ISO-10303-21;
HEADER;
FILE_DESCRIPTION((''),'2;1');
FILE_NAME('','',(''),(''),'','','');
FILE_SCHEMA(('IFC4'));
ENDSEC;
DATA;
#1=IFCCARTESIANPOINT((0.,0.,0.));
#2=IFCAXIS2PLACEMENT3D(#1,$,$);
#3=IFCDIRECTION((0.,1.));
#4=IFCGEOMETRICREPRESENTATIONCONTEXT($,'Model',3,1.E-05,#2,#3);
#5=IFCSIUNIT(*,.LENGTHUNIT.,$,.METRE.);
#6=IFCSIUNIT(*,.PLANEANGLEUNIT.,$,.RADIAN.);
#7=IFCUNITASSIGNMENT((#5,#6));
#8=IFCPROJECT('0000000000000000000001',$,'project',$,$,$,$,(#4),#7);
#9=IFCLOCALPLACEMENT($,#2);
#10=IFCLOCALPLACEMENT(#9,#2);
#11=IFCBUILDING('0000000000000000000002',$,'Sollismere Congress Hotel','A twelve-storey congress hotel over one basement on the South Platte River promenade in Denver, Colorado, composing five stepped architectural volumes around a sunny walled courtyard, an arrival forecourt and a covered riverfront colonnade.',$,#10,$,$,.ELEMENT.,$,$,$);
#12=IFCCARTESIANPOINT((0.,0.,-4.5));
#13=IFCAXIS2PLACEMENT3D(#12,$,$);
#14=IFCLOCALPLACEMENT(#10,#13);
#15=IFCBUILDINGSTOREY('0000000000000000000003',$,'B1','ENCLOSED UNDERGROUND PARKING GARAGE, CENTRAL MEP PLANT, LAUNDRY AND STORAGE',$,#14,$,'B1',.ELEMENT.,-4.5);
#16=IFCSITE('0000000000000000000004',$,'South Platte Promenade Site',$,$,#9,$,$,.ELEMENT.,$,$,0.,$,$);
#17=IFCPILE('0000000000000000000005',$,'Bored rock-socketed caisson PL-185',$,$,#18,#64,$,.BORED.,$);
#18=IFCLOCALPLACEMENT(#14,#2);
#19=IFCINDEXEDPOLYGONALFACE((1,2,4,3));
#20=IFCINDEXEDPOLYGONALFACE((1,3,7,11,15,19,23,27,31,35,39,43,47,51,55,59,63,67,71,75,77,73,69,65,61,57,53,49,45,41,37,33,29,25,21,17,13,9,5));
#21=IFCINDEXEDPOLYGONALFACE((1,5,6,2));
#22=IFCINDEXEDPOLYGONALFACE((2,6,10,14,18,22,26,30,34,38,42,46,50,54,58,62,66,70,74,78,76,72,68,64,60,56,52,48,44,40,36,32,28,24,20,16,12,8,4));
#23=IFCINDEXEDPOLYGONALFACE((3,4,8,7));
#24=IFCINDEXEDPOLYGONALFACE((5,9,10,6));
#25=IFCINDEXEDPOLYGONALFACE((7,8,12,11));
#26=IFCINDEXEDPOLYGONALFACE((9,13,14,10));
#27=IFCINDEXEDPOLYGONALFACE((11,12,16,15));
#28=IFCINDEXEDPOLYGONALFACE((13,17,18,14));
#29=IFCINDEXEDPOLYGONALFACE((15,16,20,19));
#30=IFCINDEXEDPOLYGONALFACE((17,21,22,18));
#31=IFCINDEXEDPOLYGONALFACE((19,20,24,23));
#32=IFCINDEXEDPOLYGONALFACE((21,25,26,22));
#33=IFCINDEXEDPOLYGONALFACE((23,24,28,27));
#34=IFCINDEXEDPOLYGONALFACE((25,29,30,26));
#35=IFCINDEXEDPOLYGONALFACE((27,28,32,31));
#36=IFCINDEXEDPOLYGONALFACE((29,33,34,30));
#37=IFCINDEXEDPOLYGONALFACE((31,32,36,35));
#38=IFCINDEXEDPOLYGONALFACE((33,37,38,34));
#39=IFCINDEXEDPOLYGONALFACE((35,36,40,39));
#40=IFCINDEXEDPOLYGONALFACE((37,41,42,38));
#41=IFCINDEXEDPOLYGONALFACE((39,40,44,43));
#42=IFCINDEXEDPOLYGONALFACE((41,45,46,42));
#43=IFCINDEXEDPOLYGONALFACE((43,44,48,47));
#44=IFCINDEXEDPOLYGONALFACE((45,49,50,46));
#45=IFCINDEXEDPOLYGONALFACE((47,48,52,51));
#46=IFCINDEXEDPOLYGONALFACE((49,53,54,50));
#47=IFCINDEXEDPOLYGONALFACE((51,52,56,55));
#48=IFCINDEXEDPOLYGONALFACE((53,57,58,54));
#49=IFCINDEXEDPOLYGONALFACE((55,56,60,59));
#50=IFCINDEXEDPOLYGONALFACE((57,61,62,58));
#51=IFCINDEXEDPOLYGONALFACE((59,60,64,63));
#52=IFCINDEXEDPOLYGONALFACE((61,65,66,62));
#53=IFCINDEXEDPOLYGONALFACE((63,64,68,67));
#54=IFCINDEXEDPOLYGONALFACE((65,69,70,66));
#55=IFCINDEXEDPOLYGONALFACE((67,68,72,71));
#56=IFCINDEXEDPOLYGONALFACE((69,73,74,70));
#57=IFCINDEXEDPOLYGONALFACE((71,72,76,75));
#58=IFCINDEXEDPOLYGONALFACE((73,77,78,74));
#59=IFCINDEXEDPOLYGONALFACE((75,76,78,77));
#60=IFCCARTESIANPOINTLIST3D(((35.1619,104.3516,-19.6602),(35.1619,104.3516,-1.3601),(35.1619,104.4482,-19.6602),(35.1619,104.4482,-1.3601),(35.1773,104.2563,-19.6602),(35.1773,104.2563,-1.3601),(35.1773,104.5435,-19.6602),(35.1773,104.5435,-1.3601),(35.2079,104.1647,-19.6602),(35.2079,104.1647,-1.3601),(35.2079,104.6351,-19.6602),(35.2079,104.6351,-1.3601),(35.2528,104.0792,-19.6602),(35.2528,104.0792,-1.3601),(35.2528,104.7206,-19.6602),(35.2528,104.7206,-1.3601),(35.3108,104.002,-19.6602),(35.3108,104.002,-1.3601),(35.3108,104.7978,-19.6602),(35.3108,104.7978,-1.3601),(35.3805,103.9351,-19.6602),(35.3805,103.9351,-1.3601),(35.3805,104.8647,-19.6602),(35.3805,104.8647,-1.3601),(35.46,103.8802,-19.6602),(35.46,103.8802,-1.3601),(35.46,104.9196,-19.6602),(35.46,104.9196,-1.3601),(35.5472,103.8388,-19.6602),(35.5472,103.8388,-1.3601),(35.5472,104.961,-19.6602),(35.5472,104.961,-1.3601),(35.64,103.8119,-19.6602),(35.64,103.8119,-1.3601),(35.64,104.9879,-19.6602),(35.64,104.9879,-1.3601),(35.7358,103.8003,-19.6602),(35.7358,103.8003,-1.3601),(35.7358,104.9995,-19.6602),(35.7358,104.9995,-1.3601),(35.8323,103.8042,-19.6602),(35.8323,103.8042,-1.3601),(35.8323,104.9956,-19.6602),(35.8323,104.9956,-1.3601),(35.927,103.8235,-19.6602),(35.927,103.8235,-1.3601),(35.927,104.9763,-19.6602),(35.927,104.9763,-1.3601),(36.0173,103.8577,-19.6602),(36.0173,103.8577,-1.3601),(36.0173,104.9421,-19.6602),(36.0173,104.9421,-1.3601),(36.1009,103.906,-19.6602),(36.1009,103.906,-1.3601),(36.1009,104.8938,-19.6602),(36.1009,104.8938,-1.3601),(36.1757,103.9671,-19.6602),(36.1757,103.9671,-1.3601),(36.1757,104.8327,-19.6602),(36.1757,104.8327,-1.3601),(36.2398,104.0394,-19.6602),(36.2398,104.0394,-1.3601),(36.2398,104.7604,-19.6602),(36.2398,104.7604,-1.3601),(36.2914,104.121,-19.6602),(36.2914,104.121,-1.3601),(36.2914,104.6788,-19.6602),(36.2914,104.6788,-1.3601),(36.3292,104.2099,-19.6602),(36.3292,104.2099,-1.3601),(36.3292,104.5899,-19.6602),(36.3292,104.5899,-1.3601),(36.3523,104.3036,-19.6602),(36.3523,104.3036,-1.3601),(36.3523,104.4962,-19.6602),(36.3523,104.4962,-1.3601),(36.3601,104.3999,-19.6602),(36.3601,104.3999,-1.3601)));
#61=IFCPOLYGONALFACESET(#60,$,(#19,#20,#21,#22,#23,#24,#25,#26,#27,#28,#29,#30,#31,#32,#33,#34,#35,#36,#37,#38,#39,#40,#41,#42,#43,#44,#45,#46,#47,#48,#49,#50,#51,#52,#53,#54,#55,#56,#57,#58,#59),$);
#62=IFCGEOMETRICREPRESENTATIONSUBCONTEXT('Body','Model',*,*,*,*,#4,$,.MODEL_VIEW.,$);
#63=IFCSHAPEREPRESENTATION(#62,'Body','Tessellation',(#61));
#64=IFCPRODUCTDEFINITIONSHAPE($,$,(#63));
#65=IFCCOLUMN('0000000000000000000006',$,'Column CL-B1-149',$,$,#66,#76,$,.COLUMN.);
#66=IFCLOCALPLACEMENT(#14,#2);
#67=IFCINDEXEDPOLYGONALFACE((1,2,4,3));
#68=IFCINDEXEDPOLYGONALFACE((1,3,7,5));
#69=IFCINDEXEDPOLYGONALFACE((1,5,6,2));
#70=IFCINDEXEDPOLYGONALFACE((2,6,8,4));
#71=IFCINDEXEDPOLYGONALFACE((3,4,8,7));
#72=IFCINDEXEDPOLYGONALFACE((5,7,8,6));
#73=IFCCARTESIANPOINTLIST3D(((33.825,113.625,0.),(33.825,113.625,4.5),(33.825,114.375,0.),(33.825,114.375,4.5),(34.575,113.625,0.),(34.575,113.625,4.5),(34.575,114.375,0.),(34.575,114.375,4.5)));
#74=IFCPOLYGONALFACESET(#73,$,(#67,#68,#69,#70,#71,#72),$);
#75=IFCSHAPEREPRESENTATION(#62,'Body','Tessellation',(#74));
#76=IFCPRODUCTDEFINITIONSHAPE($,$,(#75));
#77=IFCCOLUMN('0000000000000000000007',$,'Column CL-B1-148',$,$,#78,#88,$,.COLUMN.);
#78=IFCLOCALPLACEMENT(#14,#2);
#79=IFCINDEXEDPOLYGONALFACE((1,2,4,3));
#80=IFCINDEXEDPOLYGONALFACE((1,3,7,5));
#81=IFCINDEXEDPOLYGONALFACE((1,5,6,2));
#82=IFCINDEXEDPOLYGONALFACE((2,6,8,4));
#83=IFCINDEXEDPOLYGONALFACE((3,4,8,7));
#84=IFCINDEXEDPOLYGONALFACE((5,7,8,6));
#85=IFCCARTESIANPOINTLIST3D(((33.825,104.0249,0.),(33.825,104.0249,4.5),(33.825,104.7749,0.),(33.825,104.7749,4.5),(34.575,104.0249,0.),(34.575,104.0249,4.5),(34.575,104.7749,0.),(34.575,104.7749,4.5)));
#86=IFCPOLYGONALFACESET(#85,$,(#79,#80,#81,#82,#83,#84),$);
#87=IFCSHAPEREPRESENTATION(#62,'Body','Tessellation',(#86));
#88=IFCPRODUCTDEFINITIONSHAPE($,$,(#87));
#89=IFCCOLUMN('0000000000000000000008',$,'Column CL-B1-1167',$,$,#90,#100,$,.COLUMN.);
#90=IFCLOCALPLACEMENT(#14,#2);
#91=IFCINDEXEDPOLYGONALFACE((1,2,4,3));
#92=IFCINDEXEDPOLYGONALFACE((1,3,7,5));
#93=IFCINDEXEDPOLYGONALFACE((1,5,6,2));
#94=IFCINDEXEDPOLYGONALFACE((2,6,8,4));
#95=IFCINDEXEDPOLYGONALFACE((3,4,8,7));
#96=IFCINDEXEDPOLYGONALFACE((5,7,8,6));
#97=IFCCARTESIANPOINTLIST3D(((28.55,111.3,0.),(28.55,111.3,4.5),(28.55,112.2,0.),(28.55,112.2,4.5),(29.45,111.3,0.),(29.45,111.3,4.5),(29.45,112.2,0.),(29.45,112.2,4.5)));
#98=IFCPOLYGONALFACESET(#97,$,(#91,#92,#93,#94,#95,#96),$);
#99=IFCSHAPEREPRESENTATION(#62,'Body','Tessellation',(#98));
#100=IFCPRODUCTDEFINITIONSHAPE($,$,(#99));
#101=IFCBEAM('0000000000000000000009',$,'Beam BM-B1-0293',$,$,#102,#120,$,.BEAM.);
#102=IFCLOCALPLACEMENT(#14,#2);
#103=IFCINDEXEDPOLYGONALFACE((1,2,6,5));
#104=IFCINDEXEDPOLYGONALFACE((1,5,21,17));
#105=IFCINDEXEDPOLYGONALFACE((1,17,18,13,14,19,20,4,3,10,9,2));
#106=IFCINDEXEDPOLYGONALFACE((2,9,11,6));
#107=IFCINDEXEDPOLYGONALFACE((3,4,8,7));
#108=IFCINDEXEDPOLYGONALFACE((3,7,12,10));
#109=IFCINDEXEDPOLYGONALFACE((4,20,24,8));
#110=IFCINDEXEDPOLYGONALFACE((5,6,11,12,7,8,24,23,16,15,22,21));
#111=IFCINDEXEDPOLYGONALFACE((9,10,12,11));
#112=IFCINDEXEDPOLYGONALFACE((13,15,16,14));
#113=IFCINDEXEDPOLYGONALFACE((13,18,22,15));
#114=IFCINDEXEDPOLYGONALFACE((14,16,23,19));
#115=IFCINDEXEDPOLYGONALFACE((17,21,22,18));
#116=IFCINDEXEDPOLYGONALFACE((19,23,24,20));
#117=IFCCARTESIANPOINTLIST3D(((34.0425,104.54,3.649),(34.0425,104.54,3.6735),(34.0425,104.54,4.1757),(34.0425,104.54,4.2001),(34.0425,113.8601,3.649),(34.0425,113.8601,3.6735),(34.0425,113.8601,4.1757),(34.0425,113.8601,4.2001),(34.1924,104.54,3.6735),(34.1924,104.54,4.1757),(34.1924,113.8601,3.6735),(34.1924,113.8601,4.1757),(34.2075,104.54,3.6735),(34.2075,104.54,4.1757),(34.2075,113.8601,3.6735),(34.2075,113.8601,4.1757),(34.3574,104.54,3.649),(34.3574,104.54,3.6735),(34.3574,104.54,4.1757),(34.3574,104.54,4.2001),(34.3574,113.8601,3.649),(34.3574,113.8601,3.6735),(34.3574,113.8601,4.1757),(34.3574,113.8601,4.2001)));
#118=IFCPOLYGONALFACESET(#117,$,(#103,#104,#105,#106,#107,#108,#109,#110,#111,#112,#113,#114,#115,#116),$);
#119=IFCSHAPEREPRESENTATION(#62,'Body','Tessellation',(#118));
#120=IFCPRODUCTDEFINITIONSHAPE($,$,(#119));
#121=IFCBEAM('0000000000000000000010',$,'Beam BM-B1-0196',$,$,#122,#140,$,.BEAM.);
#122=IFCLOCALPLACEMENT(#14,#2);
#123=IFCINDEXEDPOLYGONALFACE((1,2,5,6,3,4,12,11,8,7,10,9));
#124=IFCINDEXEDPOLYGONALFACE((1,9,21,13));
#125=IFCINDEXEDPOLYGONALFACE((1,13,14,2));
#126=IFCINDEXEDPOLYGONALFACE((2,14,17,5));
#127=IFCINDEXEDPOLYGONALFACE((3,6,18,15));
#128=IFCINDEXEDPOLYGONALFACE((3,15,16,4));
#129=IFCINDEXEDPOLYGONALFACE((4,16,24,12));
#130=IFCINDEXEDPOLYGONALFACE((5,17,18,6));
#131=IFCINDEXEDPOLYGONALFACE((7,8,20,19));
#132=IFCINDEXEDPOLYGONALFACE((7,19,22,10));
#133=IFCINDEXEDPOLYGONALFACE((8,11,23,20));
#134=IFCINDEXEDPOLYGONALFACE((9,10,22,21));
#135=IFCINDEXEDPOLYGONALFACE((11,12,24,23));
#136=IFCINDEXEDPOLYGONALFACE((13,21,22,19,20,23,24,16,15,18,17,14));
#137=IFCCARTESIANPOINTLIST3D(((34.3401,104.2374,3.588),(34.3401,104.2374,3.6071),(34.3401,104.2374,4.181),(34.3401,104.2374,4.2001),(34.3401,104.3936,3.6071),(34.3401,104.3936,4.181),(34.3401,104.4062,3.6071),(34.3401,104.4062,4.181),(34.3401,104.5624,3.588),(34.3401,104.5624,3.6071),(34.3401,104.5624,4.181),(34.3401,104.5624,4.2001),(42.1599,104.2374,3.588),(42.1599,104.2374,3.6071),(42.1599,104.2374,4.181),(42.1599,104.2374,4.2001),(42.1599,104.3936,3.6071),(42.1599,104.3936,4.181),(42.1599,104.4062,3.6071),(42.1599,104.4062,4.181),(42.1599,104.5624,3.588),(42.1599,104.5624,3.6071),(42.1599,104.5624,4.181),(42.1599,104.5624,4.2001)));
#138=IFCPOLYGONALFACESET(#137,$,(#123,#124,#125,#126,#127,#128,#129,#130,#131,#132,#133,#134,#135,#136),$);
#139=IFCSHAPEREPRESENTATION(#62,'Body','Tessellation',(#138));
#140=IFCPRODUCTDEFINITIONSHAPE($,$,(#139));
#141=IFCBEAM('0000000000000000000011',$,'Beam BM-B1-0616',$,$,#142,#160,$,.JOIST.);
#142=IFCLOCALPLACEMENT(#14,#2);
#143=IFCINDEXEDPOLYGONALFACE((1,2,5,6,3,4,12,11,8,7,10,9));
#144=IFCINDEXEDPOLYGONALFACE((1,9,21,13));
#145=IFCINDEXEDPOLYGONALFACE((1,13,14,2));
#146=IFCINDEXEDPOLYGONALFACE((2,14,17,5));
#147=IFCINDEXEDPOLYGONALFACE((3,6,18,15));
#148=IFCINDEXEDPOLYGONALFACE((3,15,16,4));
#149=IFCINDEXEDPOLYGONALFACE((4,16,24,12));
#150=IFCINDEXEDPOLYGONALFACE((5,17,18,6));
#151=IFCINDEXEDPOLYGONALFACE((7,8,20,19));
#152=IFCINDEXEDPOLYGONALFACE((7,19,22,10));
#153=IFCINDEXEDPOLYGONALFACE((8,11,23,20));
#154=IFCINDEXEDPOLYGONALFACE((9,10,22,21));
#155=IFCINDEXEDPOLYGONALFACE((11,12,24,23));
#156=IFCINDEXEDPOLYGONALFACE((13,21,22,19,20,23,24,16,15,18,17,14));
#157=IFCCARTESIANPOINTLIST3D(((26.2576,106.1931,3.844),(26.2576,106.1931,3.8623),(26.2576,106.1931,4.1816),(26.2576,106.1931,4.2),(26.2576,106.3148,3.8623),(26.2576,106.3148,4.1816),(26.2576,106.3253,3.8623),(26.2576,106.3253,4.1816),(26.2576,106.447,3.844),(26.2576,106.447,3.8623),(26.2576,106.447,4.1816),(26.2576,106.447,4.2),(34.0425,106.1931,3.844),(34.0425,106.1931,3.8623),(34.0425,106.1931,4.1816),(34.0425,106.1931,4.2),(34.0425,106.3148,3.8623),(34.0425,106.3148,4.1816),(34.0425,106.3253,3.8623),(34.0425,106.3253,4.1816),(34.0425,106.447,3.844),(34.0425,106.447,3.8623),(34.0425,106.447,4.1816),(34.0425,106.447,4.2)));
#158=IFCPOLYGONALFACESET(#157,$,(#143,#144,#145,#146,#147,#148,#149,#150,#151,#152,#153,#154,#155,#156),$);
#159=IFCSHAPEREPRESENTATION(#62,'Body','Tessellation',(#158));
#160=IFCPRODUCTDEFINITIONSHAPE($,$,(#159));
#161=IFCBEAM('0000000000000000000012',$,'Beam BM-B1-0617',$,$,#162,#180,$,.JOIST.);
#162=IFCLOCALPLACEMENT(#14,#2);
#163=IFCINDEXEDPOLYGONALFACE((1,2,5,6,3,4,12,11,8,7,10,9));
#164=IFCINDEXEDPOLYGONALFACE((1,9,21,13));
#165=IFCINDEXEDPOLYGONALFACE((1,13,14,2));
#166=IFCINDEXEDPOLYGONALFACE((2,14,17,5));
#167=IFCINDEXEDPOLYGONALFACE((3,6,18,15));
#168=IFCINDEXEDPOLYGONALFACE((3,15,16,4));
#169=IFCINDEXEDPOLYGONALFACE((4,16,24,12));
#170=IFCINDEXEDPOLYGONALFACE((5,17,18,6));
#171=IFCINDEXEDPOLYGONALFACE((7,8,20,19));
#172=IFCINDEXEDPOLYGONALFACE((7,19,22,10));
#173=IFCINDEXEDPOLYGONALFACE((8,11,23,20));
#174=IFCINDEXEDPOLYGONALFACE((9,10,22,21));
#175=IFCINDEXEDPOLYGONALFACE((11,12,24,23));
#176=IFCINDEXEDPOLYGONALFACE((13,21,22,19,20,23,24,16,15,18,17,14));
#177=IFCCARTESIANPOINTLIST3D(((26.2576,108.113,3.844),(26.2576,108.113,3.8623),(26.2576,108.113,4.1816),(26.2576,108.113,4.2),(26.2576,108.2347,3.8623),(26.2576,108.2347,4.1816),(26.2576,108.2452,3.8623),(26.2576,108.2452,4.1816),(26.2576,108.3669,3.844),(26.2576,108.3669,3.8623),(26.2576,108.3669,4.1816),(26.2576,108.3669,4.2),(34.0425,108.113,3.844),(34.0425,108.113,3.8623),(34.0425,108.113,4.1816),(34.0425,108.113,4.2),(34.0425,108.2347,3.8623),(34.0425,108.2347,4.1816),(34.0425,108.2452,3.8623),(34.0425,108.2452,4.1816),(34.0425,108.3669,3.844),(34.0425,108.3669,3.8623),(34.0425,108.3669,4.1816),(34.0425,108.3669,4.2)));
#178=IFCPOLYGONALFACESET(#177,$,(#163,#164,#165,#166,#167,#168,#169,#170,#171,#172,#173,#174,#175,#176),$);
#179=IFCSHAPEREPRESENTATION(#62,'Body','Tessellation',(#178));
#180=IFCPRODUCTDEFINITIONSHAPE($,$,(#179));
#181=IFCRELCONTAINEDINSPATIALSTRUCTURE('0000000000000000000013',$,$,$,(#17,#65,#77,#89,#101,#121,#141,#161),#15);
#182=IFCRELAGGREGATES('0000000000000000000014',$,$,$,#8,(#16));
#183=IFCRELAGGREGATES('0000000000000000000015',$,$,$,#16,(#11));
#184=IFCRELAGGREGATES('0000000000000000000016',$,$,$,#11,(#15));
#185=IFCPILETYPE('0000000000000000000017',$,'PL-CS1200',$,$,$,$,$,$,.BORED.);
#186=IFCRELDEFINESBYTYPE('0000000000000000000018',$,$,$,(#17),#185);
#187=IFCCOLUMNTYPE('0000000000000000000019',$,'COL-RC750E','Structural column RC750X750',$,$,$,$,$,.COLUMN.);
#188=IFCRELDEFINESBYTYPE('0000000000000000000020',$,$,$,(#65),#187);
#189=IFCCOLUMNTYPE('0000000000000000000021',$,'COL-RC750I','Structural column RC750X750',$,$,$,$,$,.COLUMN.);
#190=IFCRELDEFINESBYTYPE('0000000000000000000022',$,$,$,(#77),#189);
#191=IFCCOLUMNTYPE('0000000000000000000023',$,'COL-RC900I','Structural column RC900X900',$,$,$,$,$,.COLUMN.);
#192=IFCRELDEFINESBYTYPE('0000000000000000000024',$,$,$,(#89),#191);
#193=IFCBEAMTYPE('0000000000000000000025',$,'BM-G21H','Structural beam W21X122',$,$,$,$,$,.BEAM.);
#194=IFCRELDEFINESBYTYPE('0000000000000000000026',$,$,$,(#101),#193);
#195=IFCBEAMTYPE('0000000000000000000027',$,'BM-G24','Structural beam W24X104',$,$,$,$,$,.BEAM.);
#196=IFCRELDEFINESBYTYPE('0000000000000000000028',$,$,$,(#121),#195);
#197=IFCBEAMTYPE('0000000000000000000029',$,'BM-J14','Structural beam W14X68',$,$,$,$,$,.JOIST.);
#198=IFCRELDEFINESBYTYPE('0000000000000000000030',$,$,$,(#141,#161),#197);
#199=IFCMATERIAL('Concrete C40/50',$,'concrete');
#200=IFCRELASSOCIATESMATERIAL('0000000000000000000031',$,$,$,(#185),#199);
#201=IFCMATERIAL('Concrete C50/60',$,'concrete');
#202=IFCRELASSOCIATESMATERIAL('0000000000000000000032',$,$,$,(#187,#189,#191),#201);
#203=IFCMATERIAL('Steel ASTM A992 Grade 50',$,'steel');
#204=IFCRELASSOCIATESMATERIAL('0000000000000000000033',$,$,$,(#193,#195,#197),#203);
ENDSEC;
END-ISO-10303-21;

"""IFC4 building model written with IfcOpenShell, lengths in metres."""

from ifc_helpers import new_model, si_unit, direction, frame, origin, origin_2d, place, context, subcontext, project, spatial, rectangle, circle, i_section, extrude, material, material_profile, profile_set, type_object, element, save


model = new_model("IFC4")

# Units and contexts
model_context = context("Model", 3, precision=1e-05, world=origin(), true_north=direction((0.0, 1.0)))
body_context = subcontext(model_context, "Body", "Model", "MODEL_VIEW")
ifc_project = project(units=[si_unit("LENGTHUNIT", "METRE"), si_unit("PLANEANGLEUNIT", "RADIAN")], contexts=[model_context])

# Site, building, storey
site_placement = place(None, origin())
site = spatial("IfcSite", under=ifc_project, at=site_placement, Name="South Platte Promenade Site", CompositionType="ELEMENT", RefElevation=0.0)
building_placement = place(site_placement, origin())
building = spatial("IfcBuilding", under=site, at=building_placement, Name="Sollismere Congress Hotel", Description="A twelve-storey congress hotel over one basement on the South Platte River promenade in Denver, Colorado, composing five stepped architectural volumes around a sunny walled courtyard, an arrival forecourt and a covered riverfront colonnade.", CompositionType="ELEMENT")
storey_placement = place(building_placement, frame((0.0, 0.0, -4.5)))
storey = spatial("IfcBuildingStorey", under=building, at=storey_placement, Name="B1", Description="ENCLOSED UNDERGROUND PARKING GARAGE, CENTRAL MEP PLANT, LAUNDRY AND STORAGE", LongName="B1", CompositionType="ELEMENT", Elevation=-4.5)

# Shared definitions
ifc_material_1 = material(Name="Concrete C40/50", Category="concrete")

# Pile
ifc_material_profile_1 = material_profile(ifc_material_1, circle(Radius=0.6001, at=origin_2d()), Name="CAISSON1200")
ifc_profile_set_1 = profile_set([ifc_material_profile_1], Name="Concrete C40/50")
pile_type = type_object("IfcPileType", Name="PL-CS1200", PredefinedType="BORED", material=ifc_profile_set_1)
for number, where, z_axis, x_axis, name in (
    (1, (35.76, 104.3999, -1.3601), (0.0, 0.0, -1.0), (1.0, 0.0, 0.0), "Bored rock-socketed caisson PL-185"),
):
    element("IfcPile", number, at=place(storey_placement, frame(where, z_axis=z_axis, x_axis=x_axis)), inside=storey, type_object=pile_type, Name=name, PredefinedType="BORED", context=body_context, shape_type="SweptSolid", body=[
        extrude(circle(Radius=0.6001, at=origin_2d()), origin(), (0.0, 0.0, 1.0), 18.3),
    ])

# Columns
ifc_material_2 = material(Name="Concrete C50/60", Category="concrete")
ifc_material_profile_2 = material_profile(ifc_material_2, rectangle(XDim=0.75, YDim=0.75, at=origin_2d()), Name="RC750X750")
ifc_profile_set_2 = profile_set([ifc_material_profile_2], Name="Concrete C50/60")
column_type_1 = type_object("IfcColumnType", Name="COL-RC750E", Description="Structural column RC750X750", PredefinedType="COLUMN", material=ifc_profile_set_2)
column_1_placement = place(storey_placement, frame((34.2, 114.0, 0.0), z_axis=(0.0, 0.0, 1.0), x_axis=(1.0, 0.0, 0.0)))
element("IfcColumn", 2, at=column_1_placement, inside=storey, type_object=column_type_1, Name="Column CL-B1-149", PredefinedType="COLUMN", context=body_context, shape_type="SweptSolid", body=[
    extrude(rectangle(XDim=0.75, YDim=0.75, at=origin_2d()), origin(), (0.0, 0.0, 1.0), 4.5),
])
ifc_material_profile_3 = material_profile(ifc_material_2, rectangle(XDim=0.75, YDim=0.75, at=origin_2d()), Name="RC750X750")
ifc_profile_set_3 = profile_set([ifc_material_profile_3], Name="Concrete C50/60")
column_type_2 = type_object("IfcColumnType", Name="COL-RC750I", Description="Structural column RC750X750", PredefinedType="COLUMN", material=ifc_profile_set_3)
column_2_placement = place(storey_placement, frame((34.2, 104.3999, 0.0), z_axis=(0.0, 0.0, 1.0), x_axis=(1.0, 0.0, 0.0)))
element("IfcColumn", 3, at=column_2_placement, inside=storey, type_object=column_type_2, Name="Column CL-B1-148", PredefinedType="COLUMN", context=body_context, shape_type="SweptSolid", body=[
    extrude(rectangle(XDim=0.75, YDim=0.75, at=origin_2d()), origin(), (0.0, 0.0, 1.0), 4.5),
])
ifc_material_profile_4 = material_profile(ifc_material_2, rectangle(XDim=0.8999, YDim=0.8999, at=origin_2d()), Name="RC900X900")
ifc_profile_set_4 = profile_set([ifc_material_profile_4], Name="Concrete C50/60")
column_type_3 = type_object("IfcColumnType", Name="COL-RC900I", Description="Structural column RC900X900", PredefinedType="COLUMN", material=ifc_profile_set_4)
column_3_placement = place(storey_placement, frame((29.0, 111.75, 0.0), z_axis=(0.0, 0.0, 1.0), x_axis=(0.0, 1.0, 0.0)))
element("IfcColumn", 4, at=column_3_placement, inside=storey, type_object=column_type_3, Name="Column CL-B1-1167", PredefinedType="COLUMN", context=body_context, shape_type="SweptSolid", body=[
    extrude(rectangle(XDim=0.8999, YDim=0.8999, at=origin_2d()), origin(), (0.0, 0.0, 1.0), 4.5),
])

# Beams
ifc_material_3 = material(Name="Steel ASTM A992 Grade 50", Category="steel")
ifc_material_profile_5 = material_profile(ifc_material_3, i_section(OverallWidth=0.3149, OverallDepth=0.551, WebThickness=0.0151, FlangeThickness=0.0244, at=origin_2d()), Name="W21X122")
ifc_profile_set_5 = profile_set([ifc_material_profile_5], Name="Steel ASTM A992 Grade 50")
beam_type_1 = type_object("IfcBeamType", Name="BM-G21H", Description="Structural beam W21X122", PredefinedType="BEAM", material=ifc_profile_set_5)
beam_1_placement = place(storey_placement, frame((34.2, 104.54, 3.9246), z_axis=(0.0, 1.0, 0.0), x_axis=(-1.0, 0.0, 0.0)))
element("IfcBeam", 5, at=beam_1_placement, inside=storey, type_object=beam_type_1, Name="Beam BM-B1-0293", PredefinedType="BEAM", context=body_context, shape_type="SweptSolid", body=[
    extrude(i_section(OverallWidth=0.3149, OverallDepth=0.551, WebThickness=0.0151, FlangeThickness=0.0244, at=origin_2d()), origin(), (0.0, 0.0, 1.0), 9.3201),
])
ifc_material_profile_6 = material_profile(ifc_material_3, i_section(OverallWidth=0.325, OverallDepth=0.6121, WebThickness=0.0127, FlangeThickness=0.019, at=origin_2d()), Name="W24X104")
ifc_profile_set_6 = profile_set([ifc_material_profile_6], Name="Steel ASTM A992 Grade 50")
beam_type_2 = type_object("IfcBeamType", Name="BM-G24", Description="Structural beam W24X104", PredefinedType="BEAM", material=ifc_profile_set_6)
beam_2_placement = place(storey_placement, frame((34.3401, 104.3999, 3.894), z_axis=(1.0, 0.0, 0.0), x_axis=(0.0, 1.0, 0.0)))
element("IfcBeam", 6, at=beam_2_placement, inside=storey, type_object=beam_type_2, Name="Beam BM-B1-0196", PredefinedType="BEAM", context=body_context, shape_type="SweptSolid", body=[
    extrude(i_section(OverallWidth=0.325, OverallDepth=0.6121, WebThickness=0.0127, FlangeThickness=0.019, at=origin_2d()), origin(), (0.0, 0.0, 1.0), 7.8198),
])
ifc_material_profile_7 = material_profile(ifc_material_3, i_section(OverallWidth=0.2539, OverallDepth=0.356, WebThickness=0.0105, FlangeThickness=0.0183, at=origin_2d()), Name="W14X68")
ifc_profile_set_7 = profile_set([ifc_material_profile_7], Name="Steel ASTM A992 Grade 50")
beam_type_3 = type_object("IfcBeamType", Name="BM-J14", Description="Structural beam W14X68", PredefinedType="JOIST", material=ifc_profile_set_7)
for number, where, z_axis, x_axis, name in (
    (7, (26.2576, 106.3201, 4.022), (1.0, 0.0, 0.0), (0.0, 1.0, 0.0), "Beam BM-B1-0616"),
    (8, (26.2576, 108.24, 4.022), (1.0, 0.0, 0.0), (0.0, 1.0, 0.0), "Beam BM-B1-0617"),
):
    element("IfcBeam", number, at=place(storey_placement, frame(where, z_axis=z_axis, x_axis=x_axis)), inside=storey, type_object=beam_type_3, Name=name, PredefinedType="JOIST", context=body_context, shape_type="SweptSolid", body=[
        extrude(i_section(OverallWidth=0.2539, OverallDepth=0.356, WebThickness=0.0105, FlangeThickness=0.0183, at=origin_2d()), origin(), (0.0, 0.0, 1.0), 7.7849),
    ])

save(model, "model.ifc")
